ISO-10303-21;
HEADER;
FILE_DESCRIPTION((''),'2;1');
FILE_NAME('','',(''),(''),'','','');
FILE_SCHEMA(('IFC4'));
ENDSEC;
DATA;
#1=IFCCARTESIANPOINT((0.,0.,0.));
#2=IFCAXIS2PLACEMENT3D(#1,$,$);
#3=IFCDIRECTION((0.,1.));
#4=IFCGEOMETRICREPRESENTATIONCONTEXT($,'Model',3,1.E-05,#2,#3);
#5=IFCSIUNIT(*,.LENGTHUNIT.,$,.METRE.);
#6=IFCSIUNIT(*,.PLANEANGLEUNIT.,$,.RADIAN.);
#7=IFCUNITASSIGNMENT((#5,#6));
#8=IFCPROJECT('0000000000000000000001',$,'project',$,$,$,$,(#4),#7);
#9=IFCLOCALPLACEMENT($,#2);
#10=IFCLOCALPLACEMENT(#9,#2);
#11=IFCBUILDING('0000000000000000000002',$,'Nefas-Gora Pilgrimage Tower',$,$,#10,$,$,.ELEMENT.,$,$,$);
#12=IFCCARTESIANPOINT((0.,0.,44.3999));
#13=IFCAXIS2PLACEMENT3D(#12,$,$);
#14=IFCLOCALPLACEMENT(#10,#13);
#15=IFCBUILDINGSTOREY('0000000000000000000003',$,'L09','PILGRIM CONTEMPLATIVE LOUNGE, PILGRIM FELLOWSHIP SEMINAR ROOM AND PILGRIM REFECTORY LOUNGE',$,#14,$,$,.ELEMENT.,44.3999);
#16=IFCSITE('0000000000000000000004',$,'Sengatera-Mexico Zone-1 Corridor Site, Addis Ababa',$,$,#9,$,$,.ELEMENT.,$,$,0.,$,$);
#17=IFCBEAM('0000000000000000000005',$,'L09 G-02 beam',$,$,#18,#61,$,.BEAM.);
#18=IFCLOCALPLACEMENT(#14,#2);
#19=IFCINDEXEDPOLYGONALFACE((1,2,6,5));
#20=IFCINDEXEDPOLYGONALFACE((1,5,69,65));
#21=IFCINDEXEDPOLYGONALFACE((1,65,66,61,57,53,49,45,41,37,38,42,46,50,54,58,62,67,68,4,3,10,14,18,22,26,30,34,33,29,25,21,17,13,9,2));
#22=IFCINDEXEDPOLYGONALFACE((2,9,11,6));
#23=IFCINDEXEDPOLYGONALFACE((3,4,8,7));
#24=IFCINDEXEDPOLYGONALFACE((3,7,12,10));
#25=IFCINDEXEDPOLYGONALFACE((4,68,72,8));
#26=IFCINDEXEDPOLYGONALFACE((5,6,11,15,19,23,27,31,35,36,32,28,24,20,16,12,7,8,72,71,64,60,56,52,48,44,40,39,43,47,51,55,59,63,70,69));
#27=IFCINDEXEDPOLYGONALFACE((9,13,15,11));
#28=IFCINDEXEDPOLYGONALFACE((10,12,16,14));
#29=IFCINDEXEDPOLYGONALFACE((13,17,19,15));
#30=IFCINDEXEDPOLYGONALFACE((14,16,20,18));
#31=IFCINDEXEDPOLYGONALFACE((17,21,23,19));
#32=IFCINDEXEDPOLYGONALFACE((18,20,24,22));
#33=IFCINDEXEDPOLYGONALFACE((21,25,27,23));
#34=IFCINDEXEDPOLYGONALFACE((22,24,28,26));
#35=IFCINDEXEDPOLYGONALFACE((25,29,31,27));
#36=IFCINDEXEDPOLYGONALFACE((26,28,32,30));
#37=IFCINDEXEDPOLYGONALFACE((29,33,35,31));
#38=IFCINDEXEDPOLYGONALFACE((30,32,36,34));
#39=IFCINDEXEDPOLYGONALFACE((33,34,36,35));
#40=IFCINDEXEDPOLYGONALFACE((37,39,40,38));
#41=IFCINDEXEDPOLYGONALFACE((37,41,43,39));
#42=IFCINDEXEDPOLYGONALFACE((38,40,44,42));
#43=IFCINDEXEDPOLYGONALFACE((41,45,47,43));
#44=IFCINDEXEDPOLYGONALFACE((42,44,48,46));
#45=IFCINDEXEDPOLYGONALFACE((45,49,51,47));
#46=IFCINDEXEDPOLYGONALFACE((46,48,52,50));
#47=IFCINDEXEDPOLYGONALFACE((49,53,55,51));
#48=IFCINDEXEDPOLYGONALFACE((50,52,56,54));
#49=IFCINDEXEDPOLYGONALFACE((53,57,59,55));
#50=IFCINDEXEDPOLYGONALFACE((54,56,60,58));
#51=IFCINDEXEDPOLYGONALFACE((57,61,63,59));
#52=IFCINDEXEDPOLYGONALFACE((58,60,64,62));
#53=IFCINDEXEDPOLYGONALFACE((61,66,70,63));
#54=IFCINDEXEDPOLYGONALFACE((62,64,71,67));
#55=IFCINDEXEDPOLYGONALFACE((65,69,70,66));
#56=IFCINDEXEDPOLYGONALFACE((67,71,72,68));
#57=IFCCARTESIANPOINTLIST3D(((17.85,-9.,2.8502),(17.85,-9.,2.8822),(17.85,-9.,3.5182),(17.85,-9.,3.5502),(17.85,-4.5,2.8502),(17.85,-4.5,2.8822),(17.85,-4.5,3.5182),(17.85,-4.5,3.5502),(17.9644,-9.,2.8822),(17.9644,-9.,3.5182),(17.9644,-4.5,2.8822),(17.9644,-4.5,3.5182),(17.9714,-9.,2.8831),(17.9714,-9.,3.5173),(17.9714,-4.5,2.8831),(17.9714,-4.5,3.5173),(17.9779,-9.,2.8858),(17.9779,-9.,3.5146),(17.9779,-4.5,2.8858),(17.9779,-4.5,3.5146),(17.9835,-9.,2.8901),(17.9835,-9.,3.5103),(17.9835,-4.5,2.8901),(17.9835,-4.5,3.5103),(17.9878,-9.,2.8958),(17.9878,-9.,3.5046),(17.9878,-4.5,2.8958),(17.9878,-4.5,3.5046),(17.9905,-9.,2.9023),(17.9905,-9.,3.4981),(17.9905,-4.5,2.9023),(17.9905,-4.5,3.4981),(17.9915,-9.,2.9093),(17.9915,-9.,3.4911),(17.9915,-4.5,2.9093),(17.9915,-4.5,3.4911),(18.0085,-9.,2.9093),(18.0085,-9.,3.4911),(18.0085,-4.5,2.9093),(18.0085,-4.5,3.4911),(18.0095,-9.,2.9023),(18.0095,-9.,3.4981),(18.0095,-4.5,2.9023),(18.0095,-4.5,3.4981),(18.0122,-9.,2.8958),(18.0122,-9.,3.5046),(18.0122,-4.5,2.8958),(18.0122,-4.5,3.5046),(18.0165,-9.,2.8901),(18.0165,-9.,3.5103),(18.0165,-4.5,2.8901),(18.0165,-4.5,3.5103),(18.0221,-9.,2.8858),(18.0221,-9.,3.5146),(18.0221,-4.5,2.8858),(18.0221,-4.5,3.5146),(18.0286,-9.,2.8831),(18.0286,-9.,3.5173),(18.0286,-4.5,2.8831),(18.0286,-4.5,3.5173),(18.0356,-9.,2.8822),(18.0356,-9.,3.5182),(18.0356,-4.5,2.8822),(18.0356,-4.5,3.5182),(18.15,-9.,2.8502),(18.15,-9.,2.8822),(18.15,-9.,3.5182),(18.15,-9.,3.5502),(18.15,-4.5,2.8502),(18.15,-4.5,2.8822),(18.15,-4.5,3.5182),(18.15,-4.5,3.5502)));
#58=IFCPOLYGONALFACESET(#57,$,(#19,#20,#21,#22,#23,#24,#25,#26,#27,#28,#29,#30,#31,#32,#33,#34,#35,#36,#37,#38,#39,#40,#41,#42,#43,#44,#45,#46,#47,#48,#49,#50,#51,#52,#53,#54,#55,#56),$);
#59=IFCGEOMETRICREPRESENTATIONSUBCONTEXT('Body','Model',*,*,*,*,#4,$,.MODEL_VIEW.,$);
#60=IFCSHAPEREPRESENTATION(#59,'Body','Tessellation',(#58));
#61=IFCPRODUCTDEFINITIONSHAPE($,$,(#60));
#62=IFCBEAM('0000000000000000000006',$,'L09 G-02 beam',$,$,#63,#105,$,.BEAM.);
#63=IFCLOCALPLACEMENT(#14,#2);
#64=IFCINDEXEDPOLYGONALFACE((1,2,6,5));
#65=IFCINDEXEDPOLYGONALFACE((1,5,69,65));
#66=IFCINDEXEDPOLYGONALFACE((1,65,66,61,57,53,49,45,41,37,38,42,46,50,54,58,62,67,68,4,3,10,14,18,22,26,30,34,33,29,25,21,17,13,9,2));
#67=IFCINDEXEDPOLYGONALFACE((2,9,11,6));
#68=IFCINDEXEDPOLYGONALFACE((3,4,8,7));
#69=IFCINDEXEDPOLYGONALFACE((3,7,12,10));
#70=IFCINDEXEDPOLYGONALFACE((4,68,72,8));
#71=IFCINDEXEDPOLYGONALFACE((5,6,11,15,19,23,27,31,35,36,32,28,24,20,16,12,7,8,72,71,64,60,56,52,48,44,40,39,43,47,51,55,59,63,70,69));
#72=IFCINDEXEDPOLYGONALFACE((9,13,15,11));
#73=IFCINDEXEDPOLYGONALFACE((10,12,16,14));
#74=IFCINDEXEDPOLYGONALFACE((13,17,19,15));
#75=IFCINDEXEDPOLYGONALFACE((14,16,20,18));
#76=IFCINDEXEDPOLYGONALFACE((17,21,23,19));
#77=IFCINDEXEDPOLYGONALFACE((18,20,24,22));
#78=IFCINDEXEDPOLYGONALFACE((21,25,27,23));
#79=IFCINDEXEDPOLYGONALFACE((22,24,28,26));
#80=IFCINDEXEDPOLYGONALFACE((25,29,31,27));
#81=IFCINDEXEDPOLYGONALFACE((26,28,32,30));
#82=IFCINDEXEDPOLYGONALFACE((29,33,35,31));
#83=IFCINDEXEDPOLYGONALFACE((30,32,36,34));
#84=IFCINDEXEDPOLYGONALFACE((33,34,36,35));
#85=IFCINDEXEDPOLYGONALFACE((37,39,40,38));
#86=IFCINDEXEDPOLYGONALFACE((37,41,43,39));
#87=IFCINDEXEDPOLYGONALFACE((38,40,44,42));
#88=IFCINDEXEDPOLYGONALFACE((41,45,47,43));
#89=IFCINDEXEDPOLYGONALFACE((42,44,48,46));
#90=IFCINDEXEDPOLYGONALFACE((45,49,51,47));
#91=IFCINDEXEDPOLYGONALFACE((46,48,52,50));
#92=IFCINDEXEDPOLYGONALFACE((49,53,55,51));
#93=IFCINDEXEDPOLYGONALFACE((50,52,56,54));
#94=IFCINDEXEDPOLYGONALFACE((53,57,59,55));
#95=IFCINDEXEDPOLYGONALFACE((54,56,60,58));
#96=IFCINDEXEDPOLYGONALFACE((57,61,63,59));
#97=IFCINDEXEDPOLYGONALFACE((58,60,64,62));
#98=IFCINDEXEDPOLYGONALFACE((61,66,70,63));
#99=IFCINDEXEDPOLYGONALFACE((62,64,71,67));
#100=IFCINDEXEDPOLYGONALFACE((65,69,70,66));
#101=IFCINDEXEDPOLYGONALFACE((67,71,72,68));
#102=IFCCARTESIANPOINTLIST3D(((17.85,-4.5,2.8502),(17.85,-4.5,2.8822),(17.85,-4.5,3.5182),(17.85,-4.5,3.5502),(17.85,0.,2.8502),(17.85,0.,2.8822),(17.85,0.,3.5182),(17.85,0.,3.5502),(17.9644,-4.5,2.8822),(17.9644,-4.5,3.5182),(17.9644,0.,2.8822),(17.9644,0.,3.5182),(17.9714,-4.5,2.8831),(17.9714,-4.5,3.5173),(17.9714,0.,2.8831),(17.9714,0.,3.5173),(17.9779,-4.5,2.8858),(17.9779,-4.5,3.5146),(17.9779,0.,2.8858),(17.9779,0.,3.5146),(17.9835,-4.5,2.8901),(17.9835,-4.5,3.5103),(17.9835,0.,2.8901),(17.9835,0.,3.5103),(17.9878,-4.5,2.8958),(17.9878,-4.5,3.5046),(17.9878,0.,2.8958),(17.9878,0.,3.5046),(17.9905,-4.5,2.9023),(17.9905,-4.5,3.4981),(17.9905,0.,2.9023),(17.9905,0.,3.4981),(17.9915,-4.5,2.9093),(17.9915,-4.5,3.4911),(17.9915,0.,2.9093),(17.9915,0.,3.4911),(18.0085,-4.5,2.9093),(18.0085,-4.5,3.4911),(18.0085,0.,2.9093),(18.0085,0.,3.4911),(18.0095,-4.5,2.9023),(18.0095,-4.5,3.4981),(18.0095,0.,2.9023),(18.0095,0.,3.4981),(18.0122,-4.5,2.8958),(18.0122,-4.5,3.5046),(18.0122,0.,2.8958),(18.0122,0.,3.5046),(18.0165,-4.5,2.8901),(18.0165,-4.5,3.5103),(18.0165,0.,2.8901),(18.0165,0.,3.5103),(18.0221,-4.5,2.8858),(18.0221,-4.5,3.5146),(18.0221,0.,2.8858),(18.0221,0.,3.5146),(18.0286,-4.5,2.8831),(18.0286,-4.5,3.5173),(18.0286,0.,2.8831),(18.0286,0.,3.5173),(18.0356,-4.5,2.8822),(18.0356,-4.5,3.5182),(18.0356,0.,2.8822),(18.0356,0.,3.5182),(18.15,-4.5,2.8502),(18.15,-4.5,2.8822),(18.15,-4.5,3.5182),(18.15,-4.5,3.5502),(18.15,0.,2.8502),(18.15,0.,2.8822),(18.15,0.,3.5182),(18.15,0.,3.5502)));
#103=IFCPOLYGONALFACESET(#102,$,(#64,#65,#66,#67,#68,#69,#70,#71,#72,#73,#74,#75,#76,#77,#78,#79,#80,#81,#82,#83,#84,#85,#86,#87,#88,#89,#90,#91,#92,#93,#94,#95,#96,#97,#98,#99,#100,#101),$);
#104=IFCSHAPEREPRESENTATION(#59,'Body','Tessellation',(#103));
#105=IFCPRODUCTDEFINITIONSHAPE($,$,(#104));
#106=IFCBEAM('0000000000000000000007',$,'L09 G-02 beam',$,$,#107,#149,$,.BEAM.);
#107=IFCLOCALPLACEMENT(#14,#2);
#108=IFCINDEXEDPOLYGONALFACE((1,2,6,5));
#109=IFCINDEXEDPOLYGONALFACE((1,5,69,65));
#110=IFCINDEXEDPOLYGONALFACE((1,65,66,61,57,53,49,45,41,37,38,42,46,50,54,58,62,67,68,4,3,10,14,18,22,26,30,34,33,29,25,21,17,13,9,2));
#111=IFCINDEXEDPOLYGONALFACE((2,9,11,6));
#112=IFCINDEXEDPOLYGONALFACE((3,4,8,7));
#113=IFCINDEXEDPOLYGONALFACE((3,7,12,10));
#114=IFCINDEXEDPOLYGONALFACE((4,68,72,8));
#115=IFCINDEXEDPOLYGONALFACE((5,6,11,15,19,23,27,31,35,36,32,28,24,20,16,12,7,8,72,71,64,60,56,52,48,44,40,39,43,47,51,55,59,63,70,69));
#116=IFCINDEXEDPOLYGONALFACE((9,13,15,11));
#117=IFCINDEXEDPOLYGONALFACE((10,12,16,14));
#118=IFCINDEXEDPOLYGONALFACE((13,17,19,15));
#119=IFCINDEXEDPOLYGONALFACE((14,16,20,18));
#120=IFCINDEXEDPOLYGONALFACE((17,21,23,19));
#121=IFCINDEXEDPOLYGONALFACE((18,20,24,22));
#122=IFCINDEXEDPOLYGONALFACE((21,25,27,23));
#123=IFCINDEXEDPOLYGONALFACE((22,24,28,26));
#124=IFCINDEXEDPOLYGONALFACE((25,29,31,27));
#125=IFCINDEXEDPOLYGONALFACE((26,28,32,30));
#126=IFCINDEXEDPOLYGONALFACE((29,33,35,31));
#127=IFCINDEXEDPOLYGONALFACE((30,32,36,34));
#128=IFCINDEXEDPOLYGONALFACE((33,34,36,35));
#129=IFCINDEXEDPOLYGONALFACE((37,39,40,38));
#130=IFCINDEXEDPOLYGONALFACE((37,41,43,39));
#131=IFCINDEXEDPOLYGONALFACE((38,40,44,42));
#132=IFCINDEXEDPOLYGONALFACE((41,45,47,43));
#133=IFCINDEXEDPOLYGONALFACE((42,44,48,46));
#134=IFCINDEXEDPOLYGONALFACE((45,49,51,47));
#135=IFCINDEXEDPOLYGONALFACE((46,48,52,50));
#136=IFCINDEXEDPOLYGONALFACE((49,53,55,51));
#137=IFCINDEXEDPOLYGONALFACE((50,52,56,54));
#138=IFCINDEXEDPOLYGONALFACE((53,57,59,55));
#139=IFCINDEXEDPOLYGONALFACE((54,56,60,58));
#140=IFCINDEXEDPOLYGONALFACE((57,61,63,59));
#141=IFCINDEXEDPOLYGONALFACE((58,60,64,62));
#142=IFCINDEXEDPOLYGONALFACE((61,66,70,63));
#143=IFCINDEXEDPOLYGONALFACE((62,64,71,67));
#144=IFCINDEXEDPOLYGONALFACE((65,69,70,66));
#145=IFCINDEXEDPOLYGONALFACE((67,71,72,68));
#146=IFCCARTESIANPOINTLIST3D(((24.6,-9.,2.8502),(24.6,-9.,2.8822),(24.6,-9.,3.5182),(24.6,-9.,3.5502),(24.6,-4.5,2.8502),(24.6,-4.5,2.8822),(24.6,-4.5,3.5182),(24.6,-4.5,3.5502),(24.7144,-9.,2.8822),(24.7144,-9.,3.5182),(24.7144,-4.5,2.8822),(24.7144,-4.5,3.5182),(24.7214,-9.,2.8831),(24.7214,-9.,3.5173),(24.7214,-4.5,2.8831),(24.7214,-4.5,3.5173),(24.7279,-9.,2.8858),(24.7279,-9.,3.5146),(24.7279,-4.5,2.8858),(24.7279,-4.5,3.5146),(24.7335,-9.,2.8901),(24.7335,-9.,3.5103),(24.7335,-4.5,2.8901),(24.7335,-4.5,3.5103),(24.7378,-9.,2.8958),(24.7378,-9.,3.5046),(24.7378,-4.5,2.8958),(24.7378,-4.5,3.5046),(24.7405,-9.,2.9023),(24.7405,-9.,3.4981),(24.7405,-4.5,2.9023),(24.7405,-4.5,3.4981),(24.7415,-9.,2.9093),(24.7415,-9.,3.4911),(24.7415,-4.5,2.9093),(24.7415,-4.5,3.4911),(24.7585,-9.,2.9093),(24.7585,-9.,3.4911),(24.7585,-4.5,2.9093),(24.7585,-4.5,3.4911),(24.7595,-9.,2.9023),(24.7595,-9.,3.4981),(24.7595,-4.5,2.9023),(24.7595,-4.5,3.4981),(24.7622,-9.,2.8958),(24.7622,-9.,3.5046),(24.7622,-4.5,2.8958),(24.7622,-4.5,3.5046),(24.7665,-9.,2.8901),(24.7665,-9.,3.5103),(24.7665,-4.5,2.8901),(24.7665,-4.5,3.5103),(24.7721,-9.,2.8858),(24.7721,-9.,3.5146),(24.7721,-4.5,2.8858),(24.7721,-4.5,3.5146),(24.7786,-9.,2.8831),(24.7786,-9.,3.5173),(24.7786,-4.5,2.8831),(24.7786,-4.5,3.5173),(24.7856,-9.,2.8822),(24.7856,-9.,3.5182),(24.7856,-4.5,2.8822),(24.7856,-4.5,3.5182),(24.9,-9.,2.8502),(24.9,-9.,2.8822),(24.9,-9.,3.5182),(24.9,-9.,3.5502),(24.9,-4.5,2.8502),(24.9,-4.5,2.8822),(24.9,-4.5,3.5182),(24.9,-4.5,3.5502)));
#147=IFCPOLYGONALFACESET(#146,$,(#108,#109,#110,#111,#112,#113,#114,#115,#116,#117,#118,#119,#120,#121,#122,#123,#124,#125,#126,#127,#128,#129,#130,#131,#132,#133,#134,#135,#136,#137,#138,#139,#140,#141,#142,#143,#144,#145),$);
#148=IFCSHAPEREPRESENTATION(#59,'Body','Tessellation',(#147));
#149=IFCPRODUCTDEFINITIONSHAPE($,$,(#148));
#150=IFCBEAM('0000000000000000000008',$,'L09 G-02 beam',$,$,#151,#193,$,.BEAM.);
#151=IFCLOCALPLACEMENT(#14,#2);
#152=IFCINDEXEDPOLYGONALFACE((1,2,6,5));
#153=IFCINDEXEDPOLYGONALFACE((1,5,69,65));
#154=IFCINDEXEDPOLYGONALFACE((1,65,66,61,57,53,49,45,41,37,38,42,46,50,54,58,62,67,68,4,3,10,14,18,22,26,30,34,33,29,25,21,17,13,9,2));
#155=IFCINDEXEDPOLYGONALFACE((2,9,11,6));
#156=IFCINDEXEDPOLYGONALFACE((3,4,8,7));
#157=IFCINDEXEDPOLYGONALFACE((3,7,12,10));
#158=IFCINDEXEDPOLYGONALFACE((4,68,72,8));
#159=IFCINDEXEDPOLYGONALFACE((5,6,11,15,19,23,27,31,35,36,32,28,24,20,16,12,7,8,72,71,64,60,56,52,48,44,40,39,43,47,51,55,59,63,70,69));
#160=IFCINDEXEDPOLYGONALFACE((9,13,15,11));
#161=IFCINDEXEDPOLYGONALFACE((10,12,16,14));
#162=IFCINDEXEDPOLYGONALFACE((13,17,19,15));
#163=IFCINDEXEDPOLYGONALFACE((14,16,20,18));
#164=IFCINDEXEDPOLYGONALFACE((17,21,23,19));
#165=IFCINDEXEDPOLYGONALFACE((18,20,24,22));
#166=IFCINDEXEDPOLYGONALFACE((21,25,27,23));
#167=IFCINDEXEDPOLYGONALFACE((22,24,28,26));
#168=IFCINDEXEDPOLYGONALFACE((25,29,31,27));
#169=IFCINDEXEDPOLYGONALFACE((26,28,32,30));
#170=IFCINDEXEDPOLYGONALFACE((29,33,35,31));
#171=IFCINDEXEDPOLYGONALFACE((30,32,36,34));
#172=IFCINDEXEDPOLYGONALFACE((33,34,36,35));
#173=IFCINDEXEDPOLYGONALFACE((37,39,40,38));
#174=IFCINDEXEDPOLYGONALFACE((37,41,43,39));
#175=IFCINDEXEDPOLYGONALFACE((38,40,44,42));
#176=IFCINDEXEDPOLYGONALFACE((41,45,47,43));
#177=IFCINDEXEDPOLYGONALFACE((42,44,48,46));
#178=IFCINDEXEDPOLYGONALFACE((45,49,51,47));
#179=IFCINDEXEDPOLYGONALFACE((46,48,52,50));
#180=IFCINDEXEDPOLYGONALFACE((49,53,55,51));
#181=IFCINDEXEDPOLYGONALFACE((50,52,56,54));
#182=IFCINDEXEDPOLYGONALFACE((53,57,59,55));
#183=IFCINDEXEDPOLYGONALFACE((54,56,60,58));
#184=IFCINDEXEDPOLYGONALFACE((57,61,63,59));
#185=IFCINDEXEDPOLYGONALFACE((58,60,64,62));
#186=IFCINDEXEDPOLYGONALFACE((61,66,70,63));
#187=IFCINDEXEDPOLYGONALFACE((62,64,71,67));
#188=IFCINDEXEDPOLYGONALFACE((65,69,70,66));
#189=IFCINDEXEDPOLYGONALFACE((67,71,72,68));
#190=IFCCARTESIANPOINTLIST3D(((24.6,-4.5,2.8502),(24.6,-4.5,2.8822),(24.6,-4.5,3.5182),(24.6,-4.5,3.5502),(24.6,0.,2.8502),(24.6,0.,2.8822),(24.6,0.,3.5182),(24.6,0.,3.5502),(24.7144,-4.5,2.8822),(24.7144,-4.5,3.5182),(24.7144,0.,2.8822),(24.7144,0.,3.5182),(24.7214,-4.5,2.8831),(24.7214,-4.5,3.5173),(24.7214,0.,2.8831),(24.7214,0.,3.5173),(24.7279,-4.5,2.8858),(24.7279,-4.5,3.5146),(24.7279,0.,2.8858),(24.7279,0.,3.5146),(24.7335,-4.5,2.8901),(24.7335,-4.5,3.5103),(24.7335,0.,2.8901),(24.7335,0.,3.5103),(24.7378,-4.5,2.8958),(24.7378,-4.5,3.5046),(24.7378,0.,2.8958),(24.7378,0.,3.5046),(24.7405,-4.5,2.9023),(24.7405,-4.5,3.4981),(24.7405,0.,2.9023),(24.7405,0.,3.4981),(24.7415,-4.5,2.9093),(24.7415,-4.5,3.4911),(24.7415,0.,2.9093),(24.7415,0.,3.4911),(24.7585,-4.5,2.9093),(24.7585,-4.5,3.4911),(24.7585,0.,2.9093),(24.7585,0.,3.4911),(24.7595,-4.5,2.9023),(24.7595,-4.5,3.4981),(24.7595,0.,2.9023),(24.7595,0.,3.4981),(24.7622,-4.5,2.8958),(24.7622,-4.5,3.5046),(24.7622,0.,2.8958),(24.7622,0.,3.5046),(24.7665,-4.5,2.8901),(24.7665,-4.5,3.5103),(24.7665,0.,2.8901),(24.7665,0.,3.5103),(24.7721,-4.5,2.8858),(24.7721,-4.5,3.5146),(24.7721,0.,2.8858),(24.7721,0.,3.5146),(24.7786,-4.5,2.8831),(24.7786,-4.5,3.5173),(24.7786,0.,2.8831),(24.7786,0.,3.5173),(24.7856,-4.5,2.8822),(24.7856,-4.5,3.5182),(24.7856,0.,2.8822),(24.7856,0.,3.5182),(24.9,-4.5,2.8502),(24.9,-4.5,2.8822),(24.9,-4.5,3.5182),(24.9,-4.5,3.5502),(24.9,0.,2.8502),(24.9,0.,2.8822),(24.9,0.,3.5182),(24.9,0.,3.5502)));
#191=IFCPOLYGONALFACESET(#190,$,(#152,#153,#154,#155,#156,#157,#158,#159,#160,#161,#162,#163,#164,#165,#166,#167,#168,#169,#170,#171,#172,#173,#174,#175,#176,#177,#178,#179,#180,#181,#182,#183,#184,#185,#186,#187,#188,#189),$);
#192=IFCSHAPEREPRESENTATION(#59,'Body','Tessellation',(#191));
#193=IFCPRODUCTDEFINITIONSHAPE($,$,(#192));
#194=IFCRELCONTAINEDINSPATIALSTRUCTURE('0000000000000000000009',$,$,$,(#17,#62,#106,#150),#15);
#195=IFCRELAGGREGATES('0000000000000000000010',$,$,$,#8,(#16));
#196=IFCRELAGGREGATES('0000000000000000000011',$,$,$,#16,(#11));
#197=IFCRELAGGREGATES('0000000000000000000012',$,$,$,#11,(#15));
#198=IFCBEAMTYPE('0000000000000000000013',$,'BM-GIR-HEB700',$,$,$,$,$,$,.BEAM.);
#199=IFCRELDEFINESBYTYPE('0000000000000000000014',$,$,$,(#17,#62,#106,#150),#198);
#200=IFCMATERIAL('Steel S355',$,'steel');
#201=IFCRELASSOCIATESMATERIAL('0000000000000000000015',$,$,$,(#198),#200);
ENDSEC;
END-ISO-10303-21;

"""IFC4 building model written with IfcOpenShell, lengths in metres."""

from ifc_helpers import new_model, si_unit, direction, frame, origin, origin_2d, place, context, subcontext, project, spatial, i_section, extrude, source, transform, mapped, material, material_profile, profile_set, type_object, element, save


model = new_model("IFC4")

# Units and contexts
model_context = context("Model", 3, precision=1e-05, world=origin(), true_north=direction((0.0, 1.0)))
body_context = subcontext(model_context, "Body", "Model", "MODEL_VIEW")
ifc_project = project(units=[si_unit("LENGTHUNIT", "METRE"), si_unit("PLANEANGLEUNIT", "RADIAN")], contexts=[model_context])

# Site, building, storey
site_placement = place(None, origin())
site = spatial("IfcSite", under=ifc_project, at=site_placement, Name="Sengatera-Mexico Zone-1 Corridor Site, Addis Ababa", CompositionType="ELEMENT", RefElevation=0.0)
building_placement = place(site_placement, origin())
building = spatial("IfcBuilding", under=site, at=building_placement, Name="Nefas-Gora Pilgrimage Tower", CompositionType="ELEMENT")
storey_placement = place(building_placement, frame((0.0, 0.0, 44.3999)))
storey = spatial("IfcBuildingStorey", under=building, at=storey_placement, Name="L09", Description="PILGRIM CONTEMPLATIVE LOUNGE, PILGRIM FELLOWSHIP SEMINAR ROOM AND PILGRIM REFECTORY LOUNGE", CompositionType="ELEMENT", Elevation=44.3999)

# Beams
ifc_material_1 = material(Name="Steel S355", Category="steel")
ifc_material_profile_1 = material_profile(ifc_material_1, i_section(OverallWidth=0.3, OverallDepth=0.7, WebThickness=0.0171, FlangeThickness=0.032, FilletRadius=0.0271, at=origin_2d()), Name="HEB 700")
ifc_profile_set_1 = profile_set([ifc_material_profile_1], Name="Steel S355")
beam_type_1 = type_object("IfcBeamType", Name="BM-GIR-HEB700", PredefinedType="BEAM", material=ifc_profile_set_1)
shared_shape_1 = source(origin(), body_context, "Body", "SweptSolid", [
    extrude(i_section(OverallWidth=0.3, OverallDepth=0.7, WebThickness=0.0171, FlangeThickness=0.032, FilletRadius=0.0271, at=origin_2d()), origin(), (0.0, 0.0, 1.0), 4.5),
])
for number, where, z_axis, x_axis, name in (
    (1, (18.0, -9.0, 3.2002), (0.0, 1.0, 0.0), (-1.0, 0.0, 0.0), "L09 G-02 beam"),
    (2, (18.0, -4.5, 3.2002), (0.0, 1.0, 0.0), (-1.0, 0.0, 0.0), "L09 G-02 beam"),
    (3, (24.75, -9.0, 3.2002), (0.0, 1.0, 0.0), (-1.0, 0.0, 0.0), "L09 G-02 beam"),
    (4, (24.75, -4.5, 3.2002), (0.0, 1.0, 0.0), (-1.0, 0.0, 0.0), "L09 G-02 beam"),
):
    element("IfcBeam", number, at=place(storey_placement, frame(where, z_axis=z_axis, x_axis=x_axis)), inside=storey, type_object=beam_type_1, Name=name, PredefinedType="BEAM", context=body_context, shape_type="MappedRepresentation", body=[
        mapped(shared_shape_1, transform((0.0, 0.0, 0.0), x_axis=(1.0, 0.0, 0.0), y_axis=(0.0, 1.0, 0.0), z_axis=(0.0, 0.0, 1.0), scale=1.0)),
    ])

save(model, "model.ifc")
